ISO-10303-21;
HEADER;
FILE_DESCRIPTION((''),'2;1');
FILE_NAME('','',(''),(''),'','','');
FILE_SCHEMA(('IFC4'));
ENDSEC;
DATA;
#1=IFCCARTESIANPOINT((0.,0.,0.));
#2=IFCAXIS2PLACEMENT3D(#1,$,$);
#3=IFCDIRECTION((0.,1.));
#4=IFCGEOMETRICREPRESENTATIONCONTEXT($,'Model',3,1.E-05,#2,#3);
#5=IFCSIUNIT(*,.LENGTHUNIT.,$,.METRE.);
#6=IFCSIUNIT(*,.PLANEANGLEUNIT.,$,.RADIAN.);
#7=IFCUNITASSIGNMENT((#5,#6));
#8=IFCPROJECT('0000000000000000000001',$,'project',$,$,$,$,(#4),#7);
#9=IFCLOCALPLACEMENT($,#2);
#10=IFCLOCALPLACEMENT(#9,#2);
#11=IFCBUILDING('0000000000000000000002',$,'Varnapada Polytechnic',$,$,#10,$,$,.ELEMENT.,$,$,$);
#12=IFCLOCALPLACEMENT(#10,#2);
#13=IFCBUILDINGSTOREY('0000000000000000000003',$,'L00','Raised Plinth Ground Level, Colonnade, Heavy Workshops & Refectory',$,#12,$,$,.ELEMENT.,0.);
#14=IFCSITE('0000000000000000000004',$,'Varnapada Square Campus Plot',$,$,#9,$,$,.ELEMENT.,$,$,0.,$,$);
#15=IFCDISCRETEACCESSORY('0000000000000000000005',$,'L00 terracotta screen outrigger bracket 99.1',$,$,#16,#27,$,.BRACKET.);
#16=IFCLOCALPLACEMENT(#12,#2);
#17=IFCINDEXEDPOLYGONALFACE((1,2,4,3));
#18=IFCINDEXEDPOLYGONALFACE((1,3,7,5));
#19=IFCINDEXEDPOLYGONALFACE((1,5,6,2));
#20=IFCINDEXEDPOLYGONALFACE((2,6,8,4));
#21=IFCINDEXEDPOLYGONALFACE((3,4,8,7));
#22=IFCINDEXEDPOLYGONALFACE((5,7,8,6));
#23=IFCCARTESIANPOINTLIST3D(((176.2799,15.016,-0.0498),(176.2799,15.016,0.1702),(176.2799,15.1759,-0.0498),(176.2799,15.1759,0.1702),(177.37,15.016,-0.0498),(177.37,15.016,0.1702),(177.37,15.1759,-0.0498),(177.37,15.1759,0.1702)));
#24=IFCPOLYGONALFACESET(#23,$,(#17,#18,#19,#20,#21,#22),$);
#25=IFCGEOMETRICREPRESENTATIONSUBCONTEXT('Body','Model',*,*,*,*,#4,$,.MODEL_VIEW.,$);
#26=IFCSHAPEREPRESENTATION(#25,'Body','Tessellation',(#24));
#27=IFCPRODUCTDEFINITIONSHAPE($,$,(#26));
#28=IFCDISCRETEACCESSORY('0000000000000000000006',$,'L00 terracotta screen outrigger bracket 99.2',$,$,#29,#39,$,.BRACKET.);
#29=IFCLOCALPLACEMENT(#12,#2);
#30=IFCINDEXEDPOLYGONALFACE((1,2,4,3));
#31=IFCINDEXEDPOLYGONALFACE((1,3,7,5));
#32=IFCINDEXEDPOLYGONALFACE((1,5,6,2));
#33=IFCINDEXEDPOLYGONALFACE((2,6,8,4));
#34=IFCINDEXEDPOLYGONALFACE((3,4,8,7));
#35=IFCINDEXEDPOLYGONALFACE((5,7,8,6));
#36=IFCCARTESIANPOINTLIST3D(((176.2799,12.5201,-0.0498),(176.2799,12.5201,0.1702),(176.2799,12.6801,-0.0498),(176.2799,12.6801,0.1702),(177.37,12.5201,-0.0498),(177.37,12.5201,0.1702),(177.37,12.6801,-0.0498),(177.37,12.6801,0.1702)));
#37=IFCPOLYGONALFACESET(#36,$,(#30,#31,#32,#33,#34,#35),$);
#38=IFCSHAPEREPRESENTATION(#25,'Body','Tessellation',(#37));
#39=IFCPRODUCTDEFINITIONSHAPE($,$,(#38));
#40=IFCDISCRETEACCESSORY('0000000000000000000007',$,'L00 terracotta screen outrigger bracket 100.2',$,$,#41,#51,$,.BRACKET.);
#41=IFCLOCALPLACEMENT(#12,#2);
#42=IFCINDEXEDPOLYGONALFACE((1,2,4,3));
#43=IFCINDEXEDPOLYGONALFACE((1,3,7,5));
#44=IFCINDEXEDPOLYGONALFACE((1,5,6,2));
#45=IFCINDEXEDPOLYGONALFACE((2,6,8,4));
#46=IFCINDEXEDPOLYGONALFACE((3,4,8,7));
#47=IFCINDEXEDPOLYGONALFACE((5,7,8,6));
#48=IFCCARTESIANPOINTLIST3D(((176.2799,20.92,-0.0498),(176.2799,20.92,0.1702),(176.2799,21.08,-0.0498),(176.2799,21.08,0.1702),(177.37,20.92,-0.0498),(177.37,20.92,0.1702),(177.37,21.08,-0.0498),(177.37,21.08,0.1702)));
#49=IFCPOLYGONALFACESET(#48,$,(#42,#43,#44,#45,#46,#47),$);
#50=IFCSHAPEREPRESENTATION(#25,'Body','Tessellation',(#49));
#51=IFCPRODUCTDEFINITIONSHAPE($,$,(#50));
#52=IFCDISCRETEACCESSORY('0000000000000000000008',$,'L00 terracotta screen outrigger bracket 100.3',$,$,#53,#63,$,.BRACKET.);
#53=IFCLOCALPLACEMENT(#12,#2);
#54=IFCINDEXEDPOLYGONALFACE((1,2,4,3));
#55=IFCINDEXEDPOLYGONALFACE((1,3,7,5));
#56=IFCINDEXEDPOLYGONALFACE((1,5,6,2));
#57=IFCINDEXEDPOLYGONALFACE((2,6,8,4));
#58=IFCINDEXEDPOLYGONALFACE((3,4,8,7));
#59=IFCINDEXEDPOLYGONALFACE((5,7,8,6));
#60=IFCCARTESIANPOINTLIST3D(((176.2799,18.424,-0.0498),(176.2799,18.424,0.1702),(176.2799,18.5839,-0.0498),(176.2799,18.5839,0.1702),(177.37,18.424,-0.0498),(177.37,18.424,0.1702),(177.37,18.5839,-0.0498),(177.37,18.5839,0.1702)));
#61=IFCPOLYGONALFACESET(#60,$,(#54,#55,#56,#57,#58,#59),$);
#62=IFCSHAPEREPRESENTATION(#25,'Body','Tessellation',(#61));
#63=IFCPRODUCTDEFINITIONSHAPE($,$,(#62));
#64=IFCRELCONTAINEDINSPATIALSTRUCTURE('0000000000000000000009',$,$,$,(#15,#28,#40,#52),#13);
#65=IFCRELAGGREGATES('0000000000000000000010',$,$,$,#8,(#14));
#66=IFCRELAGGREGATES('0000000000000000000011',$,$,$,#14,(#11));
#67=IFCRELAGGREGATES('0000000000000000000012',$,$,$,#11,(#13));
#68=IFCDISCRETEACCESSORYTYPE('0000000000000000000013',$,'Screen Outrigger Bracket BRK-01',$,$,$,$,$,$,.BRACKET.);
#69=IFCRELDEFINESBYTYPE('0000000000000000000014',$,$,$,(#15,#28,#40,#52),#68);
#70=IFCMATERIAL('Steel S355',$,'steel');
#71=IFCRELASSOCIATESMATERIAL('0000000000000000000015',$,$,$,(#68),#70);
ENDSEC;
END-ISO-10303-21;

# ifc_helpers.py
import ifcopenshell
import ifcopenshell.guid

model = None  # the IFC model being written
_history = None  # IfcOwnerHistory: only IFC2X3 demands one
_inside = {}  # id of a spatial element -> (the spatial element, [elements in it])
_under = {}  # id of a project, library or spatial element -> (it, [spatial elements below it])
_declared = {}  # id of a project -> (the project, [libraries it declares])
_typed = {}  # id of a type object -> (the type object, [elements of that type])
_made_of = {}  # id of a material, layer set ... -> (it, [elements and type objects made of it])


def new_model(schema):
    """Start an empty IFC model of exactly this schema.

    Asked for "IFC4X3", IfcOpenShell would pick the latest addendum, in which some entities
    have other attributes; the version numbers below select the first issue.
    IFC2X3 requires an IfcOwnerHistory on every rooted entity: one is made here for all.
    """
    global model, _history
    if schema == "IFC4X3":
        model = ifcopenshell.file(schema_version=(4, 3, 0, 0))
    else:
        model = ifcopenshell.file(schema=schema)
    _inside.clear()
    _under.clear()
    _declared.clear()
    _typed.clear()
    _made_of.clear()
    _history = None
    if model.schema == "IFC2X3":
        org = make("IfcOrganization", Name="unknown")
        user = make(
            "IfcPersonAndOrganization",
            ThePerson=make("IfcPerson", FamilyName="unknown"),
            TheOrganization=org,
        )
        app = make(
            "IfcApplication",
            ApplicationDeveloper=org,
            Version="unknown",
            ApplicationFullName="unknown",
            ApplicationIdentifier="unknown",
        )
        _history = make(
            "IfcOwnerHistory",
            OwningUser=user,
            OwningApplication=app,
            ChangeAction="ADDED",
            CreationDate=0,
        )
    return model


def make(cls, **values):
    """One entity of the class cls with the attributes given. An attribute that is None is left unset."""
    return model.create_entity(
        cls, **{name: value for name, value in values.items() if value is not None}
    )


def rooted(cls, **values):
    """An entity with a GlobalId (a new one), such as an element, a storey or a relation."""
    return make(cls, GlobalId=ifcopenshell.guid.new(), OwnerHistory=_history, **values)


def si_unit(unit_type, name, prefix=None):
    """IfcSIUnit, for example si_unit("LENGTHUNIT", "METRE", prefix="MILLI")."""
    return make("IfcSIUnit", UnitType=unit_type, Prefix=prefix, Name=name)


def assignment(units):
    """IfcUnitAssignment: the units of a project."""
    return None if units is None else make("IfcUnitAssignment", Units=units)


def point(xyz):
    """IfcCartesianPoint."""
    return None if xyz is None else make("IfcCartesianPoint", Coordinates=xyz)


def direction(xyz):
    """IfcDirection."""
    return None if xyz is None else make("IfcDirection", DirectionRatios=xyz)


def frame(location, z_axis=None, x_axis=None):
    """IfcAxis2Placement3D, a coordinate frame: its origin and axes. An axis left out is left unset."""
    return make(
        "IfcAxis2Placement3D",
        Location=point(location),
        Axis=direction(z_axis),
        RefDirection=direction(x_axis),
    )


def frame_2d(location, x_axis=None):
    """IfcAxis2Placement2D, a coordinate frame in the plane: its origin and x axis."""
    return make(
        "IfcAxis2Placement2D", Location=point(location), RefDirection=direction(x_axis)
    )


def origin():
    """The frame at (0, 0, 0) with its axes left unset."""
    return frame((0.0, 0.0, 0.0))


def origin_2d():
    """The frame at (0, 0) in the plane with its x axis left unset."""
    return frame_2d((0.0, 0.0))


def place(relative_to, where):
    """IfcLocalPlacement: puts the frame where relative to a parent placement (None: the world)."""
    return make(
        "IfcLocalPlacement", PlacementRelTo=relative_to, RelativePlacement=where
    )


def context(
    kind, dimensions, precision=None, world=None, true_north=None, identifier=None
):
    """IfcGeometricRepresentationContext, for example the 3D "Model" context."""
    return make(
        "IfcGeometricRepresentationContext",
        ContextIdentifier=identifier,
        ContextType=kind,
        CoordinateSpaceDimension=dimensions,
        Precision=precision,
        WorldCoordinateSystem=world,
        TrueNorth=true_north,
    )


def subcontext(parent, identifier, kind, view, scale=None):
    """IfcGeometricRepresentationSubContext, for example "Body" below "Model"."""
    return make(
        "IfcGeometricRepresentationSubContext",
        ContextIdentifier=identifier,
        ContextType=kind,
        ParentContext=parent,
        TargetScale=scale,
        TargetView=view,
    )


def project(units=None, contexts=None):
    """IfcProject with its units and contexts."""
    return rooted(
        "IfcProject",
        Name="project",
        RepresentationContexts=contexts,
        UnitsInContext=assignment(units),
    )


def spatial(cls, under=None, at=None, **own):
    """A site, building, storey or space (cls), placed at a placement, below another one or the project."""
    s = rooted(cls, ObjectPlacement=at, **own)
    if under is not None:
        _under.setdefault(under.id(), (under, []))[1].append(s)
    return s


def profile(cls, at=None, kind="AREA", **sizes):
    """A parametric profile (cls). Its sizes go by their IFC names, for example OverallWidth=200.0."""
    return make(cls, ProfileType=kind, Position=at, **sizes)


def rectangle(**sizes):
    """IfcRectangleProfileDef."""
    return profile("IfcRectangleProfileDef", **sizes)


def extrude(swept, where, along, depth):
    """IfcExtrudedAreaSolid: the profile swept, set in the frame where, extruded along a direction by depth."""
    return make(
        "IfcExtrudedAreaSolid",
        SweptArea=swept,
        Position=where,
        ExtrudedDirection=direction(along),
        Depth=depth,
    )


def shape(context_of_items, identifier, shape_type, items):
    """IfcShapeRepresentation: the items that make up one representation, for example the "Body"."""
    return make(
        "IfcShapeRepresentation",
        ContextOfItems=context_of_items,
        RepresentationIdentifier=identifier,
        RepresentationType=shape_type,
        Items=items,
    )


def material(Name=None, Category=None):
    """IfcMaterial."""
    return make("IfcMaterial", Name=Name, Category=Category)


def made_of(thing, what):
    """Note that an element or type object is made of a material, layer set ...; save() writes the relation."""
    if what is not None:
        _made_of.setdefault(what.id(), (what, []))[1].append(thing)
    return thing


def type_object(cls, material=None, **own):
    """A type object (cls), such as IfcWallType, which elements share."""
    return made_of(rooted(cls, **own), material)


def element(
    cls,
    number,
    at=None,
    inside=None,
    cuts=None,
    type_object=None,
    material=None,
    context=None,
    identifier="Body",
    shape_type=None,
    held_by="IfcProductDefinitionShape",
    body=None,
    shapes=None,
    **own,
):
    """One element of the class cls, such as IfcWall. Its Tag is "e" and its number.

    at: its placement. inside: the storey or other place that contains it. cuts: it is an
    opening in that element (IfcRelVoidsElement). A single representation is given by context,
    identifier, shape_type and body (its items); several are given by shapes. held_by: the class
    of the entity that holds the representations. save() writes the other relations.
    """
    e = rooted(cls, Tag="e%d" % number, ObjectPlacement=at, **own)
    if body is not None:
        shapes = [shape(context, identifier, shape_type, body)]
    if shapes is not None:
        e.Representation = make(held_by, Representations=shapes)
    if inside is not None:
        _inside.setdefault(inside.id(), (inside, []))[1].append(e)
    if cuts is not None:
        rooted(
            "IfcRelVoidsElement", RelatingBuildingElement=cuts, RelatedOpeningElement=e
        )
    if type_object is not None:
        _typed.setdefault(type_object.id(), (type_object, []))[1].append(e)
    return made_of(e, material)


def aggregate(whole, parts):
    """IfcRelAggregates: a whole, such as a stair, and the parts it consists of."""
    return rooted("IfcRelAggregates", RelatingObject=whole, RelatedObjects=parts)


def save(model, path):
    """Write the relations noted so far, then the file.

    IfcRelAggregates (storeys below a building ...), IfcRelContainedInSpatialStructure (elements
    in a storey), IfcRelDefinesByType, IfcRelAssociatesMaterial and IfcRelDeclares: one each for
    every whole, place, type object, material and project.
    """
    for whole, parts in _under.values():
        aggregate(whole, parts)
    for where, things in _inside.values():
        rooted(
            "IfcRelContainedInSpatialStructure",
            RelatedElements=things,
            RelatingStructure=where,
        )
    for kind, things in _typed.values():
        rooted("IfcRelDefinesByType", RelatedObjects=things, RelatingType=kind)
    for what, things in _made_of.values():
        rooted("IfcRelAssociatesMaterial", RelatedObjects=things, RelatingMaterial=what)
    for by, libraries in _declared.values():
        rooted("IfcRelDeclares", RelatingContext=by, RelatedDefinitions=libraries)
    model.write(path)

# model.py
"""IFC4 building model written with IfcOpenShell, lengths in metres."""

from ifc_helpers import new_model, si_unit, direction, frame, origin, origin_2d, place, context, subcontext, project, spatial, rectangle, extrude, material, type_object, element, save


model = new_model("IFC4")

# Units and contexts
model_context = context("Model", 3, precision=1e-05, world=origin(), true_north=direction((0.0, 1.0)))
body_context = subcontext(model_context, "Body", "Model", "MODEL_VIEW")
ifc_project = project(units=[si_unit("LENGTHUNIT", "METRE"), si_unit("PLANEANGLEUNIT", "RADIAN")], contexts=[model_context])

# Site, building, storey
site_placement = place(None, origin())
site = spatial("IfcSite", under=ifc_project, at=site_placement, Name="Varnapada Square Campus Plot", CompositionType="ELEMENT", RefElevation=0.0)
building_placement = place(site_placement, origin())
building = spatial("IfcBuilding", under=site, at=building_placement, Name="Varnapada Polytechnic", CompositionType="ELEMENT")
storey_placement = place(building_placement, origin())
storey = spatial("IfcBuildingStorey", under=building, at=storey_placement, Name="L00", Description="Raised Plinth Ground Level, Colonnade, Heavy Workshops & Refectory", CompositionType="ELEMENT", Elevation=0.0)

# Discrete accessories
ifc_material_1 = material(Name="Steel S355", Category="steel")
discrete_accessory_type = type_object("IfcDiscreteAccessoryType", Name="Screen Outrigger Bracket BRK-01", PredefinedType="BRACKET", material=ifc_material_1)
for number, where, z_axis, x_axis, name in (
    (1, (176.825, 15.0959, -0.0498), (0.0, 0.0, 1.0), (0.0, -1.0, 0.0), "L00 terracotta screen outrigger bracket 99.1"),
    (2, (176.825, 12.6001, -0.0498), (0.0, 0.0, 1.0), (0.0, -1.0, 0.0), "L00 terracotta screen outrigger bracket 99.2"),
    (3, (176.825, 21.0, -0.0498), (0.0, 0.0, 1.0), (0.0, -1.0, 0.0), "L00 terracotta screen outrigger bracket 100.2"),
    (4, (176.825, 18.5039, -0.0498), (0.0, 0.0, 1.0), (0.0, -1.0, 0.0), "L00 terracotta screen outrigger bracket 100.3"),
):
    element("IfcDiscreteAccessory", number, at=place(storey_placement, frame(where, z_axis=z_axis, x_axis=x_axis)), inside=storey, type_object=discrete_accessory_type, Name=name, PredefinedType="BRACKET", context=body_context, shape_type="SweptSolid", body=[
        extrude(rectangle(XDim=0.1599, YDim=1.0901, at=origin_2d()), origin(), (0.0, 0.0, 1.0), 0.22),
    ])

save(model, "model.ifc")
